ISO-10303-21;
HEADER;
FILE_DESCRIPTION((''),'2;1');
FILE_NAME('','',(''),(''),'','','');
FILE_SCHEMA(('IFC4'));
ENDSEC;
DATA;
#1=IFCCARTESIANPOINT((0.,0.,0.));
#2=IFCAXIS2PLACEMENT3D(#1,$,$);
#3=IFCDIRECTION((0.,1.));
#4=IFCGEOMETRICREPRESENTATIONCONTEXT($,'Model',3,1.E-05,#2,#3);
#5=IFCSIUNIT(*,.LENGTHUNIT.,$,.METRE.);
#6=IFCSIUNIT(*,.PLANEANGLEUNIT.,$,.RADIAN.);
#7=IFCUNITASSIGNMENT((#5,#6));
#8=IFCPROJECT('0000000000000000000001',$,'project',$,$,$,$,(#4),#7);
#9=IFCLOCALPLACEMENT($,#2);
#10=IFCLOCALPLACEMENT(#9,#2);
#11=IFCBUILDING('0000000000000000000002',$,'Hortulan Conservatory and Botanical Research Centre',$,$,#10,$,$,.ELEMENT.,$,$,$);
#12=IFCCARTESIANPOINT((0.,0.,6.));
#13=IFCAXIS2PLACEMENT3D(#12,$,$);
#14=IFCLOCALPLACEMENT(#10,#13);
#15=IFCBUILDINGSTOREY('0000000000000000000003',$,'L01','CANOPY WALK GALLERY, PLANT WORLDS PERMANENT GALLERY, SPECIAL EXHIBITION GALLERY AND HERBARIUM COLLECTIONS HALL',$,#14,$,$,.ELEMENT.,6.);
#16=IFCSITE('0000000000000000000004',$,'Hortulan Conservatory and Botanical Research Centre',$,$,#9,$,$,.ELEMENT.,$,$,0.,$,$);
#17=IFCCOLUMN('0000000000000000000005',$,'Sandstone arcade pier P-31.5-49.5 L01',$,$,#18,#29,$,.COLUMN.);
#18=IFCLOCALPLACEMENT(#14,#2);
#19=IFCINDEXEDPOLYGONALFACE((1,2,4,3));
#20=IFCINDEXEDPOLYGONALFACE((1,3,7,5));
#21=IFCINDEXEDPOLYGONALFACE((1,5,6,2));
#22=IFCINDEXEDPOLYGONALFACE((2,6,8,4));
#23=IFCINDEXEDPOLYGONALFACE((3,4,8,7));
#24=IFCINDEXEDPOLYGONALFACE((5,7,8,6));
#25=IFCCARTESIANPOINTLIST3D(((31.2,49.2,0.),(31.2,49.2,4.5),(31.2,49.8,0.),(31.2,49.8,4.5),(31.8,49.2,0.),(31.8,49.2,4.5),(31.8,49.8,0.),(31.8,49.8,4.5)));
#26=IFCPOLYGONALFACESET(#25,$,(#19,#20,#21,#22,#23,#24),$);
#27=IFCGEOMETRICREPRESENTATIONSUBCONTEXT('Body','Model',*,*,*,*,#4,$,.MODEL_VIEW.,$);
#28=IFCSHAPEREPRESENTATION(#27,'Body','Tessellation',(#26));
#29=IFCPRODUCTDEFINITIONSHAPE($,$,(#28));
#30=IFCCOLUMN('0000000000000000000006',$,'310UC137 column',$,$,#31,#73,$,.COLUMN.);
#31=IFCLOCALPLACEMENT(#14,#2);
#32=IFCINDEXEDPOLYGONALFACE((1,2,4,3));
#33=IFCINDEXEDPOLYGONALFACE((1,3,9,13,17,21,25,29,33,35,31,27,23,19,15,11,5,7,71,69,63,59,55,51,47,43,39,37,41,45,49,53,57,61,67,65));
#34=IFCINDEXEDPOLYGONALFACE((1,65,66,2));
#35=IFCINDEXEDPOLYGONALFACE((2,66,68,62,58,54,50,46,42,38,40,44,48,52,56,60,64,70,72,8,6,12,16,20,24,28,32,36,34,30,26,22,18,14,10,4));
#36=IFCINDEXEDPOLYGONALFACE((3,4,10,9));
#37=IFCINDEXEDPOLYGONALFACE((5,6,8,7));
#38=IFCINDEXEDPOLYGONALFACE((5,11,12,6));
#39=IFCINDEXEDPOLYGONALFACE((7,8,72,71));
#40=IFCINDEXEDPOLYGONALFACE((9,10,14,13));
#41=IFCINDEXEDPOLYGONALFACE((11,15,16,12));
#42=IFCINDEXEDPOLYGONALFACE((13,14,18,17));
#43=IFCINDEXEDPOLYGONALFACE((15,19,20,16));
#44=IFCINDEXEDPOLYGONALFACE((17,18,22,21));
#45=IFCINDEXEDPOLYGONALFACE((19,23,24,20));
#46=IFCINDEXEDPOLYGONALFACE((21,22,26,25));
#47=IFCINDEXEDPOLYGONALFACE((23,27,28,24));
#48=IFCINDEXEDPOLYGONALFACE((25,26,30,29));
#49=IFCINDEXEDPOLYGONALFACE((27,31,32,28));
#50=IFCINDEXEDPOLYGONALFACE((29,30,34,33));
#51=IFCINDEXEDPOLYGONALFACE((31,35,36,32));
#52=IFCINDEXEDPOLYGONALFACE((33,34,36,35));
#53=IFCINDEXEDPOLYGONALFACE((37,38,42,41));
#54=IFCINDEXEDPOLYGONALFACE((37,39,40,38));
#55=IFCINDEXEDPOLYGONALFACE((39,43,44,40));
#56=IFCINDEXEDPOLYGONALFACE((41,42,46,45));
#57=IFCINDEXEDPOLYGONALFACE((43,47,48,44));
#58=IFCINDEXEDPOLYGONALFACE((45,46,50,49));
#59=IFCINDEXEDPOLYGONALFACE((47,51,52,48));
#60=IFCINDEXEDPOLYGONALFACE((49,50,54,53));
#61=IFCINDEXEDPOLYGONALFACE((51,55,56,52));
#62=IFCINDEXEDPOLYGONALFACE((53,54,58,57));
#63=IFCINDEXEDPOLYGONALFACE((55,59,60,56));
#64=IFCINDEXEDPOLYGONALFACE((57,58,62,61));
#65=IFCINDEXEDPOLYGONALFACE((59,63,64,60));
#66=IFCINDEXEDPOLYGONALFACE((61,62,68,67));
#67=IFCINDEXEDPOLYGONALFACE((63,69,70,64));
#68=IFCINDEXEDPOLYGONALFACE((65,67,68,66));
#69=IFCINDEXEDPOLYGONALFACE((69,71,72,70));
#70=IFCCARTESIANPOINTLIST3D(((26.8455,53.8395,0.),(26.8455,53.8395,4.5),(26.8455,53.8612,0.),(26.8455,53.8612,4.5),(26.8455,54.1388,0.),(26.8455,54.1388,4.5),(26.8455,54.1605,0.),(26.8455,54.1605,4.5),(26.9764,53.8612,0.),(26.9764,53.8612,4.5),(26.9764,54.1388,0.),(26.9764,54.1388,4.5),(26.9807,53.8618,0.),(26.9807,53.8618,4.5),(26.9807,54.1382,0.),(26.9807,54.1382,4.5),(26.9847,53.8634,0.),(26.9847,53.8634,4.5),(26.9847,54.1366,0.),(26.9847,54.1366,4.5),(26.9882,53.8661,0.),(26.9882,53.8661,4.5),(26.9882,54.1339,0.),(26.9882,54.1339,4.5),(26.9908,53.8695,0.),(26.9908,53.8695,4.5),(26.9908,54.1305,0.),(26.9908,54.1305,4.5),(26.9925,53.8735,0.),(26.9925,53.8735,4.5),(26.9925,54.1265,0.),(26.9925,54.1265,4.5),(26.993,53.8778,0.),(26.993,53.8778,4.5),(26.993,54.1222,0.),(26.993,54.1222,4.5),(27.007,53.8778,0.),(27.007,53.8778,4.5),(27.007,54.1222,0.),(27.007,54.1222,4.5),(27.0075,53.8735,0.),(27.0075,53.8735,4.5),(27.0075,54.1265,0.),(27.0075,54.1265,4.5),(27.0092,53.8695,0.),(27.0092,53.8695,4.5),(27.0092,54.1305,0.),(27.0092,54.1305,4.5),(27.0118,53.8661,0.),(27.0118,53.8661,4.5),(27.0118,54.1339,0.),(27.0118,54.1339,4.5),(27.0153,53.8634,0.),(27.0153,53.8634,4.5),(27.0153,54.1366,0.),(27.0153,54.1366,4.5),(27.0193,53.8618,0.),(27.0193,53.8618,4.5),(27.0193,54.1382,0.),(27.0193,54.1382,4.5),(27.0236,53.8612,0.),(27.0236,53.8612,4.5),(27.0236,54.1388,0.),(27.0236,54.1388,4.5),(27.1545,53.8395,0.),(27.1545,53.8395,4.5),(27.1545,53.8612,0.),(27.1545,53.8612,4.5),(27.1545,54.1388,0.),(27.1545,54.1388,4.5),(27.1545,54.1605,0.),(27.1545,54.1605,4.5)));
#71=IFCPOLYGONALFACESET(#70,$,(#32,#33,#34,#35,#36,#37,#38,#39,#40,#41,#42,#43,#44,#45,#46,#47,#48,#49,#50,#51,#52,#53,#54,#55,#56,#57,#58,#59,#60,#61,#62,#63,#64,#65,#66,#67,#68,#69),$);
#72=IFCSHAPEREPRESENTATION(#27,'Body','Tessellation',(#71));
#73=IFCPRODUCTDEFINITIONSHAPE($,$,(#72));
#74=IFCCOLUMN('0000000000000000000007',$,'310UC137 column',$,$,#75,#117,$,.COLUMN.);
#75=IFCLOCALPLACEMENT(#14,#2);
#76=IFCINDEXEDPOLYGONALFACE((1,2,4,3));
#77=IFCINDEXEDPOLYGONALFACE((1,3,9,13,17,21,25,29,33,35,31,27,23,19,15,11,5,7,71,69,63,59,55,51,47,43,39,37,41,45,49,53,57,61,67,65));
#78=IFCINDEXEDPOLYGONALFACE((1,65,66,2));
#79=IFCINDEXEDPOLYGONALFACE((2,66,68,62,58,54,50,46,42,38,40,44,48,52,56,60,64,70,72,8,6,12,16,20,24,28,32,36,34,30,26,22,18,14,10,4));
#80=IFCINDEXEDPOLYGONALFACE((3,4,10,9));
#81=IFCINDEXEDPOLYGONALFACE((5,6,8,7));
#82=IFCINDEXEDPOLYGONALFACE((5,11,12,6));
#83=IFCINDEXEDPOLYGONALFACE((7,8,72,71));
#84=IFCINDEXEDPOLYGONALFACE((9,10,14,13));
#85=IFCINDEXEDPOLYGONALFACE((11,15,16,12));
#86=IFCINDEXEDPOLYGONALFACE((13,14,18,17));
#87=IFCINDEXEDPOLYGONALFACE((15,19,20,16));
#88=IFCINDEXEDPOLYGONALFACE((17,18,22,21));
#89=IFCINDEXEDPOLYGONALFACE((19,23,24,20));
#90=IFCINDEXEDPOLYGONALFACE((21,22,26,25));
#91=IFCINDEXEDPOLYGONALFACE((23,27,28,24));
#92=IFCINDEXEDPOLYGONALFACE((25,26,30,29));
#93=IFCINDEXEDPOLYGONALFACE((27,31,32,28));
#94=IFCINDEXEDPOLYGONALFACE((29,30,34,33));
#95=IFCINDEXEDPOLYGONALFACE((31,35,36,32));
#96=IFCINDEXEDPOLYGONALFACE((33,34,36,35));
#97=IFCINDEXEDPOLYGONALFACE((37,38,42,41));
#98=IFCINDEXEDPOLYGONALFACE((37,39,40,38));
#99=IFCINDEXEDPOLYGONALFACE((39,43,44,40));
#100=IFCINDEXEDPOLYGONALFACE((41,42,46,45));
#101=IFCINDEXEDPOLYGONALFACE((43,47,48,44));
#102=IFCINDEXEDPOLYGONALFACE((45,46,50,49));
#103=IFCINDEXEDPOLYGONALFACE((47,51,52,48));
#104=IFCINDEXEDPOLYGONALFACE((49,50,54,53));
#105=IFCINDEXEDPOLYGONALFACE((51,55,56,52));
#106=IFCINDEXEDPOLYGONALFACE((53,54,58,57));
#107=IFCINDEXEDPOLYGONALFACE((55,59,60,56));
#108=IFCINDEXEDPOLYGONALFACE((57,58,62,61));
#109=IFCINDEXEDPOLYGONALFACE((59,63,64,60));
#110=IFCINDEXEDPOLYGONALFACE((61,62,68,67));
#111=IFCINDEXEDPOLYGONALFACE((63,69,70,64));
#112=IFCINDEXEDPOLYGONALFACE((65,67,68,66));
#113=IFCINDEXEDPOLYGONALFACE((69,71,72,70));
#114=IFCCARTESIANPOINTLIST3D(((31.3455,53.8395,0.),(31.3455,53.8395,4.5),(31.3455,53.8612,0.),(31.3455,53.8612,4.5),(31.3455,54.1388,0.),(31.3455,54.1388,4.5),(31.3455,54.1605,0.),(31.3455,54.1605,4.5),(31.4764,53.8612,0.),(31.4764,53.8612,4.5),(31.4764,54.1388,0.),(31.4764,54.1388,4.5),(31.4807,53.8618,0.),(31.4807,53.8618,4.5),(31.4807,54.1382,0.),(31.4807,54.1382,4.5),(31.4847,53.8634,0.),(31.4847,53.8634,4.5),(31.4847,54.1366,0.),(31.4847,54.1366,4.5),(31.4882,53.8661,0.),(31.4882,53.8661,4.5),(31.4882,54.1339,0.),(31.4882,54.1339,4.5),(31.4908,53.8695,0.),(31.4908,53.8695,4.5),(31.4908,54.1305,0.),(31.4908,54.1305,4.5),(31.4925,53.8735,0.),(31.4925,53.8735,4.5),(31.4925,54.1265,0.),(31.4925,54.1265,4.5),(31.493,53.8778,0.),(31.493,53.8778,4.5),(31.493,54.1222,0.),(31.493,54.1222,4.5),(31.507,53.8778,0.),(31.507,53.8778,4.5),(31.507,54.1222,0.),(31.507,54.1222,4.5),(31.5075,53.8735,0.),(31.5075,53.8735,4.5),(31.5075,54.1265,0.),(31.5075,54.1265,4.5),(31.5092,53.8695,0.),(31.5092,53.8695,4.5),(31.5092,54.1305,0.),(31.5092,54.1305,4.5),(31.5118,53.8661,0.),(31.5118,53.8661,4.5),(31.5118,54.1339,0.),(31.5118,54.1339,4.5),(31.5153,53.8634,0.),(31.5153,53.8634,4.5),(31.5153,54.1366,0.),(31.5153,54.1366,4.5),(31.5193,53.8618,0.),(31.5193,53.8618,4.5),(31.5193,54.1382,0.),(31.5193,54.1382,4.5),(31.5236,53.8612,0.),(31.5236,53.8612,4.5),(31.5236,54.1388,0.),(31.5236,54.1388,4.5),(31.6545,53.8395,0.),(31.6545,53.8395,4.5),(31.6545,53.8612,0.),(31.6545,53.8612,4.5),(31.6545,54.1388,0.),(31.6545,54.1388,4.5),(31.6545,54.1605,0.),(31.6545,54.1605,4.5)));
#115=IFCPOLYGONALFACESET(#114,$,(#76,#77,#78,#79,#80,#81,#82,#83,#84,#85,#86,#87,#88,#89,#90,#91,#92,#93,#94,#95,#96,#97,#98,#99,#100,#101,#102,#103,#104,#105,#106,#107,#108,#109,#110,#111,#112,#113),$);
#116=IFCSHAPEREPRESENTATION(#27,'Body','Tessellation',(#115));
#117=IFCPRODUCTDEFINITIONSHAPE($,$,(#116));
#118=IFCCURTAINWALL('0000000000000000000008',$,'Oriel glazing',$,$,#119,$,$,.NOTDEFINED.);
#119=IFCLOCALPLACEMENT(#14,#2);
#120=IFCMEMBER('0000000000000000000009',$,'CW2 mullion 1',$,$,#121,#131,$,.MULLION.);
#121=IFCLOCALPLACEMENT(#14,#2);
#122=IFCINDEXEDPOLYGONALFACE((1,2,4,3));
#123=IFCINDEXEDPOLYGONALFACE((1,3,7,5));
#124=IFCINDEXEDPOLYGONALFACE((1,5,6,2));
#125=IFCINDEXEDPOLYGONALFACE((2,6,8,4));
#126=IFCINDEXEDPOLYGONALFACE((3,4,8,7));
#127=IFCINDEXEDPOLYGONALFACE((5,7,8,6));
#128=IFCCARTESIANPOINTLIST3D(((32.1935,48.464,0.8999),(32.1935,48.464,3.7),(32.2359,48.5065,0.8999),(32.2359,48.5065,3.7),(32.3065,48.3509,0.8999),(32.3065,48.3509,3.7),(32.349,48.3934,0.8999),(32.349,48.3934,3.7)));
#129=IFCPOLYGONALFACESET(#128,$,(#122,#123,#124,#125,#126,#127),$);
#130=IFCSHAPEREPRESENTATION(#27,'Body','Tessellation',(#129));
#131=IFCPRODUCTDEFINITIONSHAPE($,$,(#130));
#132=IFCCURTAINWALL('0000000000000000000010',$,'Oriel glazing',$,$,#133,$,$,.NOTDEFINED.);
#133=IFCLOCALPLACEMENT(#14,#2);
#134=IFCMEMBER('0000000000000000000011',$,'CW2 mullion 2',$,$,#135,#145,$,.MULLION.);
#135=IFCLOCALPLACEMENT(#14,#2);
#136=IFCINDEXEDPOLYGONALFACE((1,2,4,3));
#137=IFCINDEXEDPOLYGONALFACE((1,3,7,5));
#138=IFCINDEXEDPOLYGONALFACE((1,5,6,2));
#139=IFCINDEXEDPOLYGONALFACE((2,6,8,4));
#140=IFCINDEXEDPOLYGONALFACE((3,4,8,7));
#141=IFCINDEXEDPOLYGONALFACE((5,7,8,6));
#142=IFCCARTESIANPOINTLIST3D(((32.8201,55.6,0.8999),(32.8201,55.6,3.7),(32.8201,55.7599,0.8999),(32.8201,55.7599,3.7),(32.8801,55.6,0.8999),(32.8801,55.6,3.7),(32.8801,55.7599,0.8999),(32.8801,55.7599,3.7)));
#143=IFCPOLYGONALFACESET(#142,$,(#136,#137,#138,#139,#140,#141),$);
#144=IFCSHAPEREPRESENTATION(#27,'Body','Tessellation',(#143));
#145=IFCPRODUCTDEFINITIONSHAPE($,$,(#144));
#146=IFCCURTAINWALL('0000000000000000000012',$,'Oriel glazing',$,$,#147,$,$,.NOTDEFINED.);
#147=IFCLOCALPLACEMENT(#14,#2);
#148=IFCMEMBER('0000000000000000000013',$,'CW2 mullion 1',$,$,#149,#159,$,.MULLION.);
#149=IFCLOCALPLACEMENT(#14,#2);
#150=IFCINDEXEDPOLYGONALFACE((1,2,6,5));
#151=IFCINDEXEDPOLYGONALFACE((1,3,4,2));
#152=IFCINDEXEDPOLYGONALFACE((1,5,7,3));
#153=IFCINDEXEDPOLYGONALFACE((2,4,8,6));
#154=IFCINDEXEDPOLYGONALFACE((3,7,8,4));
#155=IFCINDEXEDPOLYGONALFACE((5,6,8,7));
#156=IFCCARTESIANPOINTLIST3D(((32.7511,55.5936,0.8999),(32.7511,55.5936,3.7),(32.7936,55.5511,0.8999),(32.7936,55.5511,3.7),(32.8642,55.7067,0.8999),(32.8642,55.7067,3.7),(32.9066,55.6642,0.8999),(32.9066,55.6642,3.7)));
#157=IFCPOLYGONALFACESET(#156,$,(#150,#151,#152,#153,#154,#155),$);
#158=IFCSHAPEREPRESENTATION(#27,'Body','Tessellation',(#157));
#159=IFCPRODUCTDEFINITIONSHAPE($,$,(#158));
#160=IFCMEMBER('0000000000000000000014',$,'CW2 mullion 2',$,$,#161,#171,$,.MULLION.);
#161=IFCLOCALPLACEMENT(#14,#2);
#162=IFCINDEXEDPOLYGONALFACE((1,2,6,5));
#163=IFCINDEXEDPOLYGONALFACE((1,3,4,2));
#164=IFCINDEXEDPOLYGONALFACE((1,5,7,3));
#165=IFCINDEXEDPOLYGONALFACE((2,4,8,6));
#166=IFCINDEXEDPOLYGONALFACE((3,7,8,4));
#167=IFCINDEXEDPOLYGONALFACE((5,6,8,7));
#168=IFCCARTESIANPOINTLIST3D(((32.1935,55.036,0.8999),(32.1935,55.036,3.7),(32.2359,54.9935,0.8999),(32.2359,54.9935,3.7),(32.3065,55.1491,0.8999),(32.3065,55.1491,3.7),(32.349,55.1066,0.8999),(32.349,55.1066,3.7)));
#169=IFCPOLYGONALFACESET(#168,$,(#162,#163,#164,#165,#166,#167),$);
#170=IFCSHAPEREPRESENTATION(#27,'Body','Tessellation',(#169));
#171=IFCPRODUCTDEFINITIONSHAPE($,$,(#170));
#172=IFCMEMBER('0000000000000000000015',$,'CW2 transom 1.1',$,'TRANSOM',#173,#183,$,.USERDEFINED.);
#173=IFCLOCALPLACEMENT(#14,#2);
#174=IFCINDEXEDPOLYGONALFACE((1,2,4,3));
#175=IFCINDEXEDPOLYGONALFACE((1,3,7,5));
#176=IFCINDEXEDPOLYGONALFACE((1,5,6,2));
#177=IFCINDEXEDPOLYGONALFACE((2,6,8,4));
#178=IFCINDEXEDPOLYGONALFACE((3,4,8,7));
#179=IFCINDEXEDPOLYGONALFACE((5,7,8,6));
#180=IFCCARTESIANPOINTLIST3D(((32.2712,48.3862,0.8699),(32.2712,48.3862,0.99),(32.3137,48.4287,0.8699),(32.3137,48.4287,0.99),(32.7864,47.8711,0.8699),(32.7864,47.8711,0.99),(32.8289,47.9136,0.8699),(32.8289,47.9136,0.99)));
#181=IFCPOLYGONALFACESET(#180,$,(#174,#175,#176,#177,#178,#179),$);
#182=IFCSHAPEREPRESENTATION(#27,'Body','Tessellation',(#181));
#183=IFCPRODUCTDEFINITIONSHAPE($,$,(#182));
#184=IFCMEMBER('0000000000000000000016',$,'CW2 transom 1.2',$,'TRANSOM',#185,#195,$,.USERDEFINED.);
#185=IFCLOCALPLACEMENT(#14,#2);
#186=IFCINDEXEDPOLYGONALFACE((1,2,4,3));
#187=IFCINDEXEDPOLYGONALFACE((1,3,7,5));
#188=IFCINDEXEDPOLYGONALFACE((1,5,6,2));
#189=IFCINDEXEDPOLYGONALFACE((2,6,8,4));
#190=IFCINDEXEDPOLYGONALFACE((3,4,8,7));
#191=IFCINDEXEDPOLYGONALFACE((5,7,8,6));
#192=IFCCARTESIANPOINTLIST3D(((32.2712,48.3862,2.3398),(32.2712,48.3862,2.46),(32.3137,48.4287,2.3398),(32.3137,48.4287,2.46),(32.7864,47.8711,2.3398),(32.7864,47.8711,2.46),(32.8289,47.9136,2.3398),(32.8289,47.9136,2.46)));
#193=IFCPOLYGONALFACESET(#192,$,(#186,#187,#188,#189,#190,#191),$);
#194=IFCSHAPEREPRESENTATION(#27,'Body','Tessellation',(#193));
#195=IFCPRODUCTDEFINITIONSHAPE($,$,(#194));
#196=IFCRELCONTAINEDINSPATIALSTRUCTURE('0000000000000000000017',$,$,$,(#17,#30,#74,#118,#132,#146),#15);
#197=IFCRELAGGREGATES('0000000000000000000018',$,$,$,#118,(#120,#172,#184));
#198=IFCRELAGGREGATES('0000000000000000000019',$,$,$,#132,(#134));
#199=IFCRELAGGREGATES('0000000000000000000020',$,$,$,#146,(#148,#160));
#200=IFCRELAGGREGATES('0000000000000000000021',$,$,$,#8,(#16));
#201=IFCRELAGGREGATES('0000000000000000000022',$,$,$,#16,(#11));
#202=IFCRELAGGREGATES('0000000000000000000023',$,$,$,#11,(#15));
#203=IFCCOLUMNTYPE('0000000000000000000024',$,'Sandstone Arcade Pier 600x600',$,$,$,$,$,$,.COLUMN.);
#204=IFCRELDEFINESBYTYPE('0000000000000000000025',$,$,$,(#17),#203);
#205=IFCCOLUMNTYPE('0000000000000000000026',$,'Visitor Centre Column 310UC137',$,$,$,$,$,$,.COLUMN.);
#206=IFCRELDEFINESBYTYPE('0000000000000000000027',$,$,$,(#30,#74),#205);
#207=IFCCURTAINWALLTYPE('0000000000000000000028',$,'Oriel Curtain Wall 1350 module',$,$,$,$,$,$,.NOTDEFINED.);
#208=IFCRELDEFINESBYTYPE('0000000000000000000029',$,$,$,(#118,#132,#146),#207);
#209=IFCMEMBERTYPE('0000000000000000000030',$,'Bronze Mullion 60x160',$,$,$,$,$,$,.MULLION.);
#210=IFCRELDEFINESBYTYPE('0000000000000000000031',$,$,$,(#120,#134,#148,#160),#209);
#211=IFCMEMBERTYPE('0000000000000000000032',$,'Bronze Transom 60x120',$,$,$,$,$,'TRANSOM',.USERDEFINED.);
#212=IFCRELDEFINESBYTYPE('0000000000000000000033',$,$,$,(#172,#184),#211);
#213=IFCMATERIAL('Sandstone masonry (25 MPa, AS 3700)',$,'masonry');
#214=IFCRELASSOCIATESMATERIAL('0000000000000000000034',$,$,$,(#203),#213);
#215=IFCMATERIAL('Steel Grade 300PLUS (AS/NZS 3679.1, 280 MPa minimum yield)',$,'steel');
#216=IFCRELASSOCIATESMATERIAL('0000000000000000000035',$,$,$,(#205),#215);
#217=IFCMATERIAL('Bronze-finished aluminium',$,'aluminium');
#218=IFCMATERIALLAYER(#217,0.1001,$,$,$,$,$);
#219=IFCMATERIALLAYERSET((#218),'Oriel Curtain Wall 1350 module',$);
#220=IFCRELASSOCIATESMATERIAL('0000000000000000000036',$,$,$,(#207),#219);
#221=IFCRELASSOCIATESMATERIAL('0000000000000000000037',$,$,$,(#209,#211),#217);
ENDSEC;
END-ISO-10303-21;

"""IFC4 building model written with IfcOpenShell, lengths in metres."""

from ifc_helpers import new_model, si_unit, direction, frame, origin, origin_2d, place, context, subcontext, project, spatial, rectangle, i_section, extrude, material, layer, layer_set, material_profile, profile_set, type_object, element, aggregate, save


model = new_model("IFC4")

# Units and contexts
model_context = context("Model", 3, precision=1e-05, world=origin(), true_north=direction((0.0, 1.0)))
body_context = subcontext(model_context, "Body", "Model", "MODEL_VIEW")
ifc_project = project(units=[si_unit("LENGTHUNIT", "METRE"), si_unit("PLANEANGLEUNIT", "RADIAN")], contexts=[model_context])

# Site, building, storey
site_placement = place(None, origin())
site = spatial("IfcSite", under=ifc_project, at=site_placement, Name="Hortulan Conservatory and Botanical Research Centre", CompositionType="ELEMENT", RefElevation=0.0)
building_placement = place(site_placement, origin())
building = spatial("IfcBuilding", under=site, at=building_placement, Name="Hortulan Conservatory and Botanical Research Centre", CompositionType="ELEMENT")
storey_placement = place(building_placement, frame((0.0, 0.0, 6.0)))
storey = spatial("IfcBuildingStorey", under=building, at=storey_placement, Name="L01", Description="CANOPY WALK GALLERY, PLANT WORLDS PERMANENT GALLERY, SPECIAL EXHIBITION GALLERY AND HERBARIUM COLLECTIONS HALL", CompositionType="ELEMENT", Elevation=6.0)

# Columns
ifc_material_1 = material(Name="Sandstone masonry (25 MPa, AS 3700)", Category="masonry")
ifc_material_profile_1 = material_profile(ifc_material_1, rectangle(XDim=0.6001, YDim=0.6001, at=origin_2d()), Name="Square pier 600")
ifc_profile_set_1 = profile_set([ifc_material_profile_1], Name="Sandstone masonry (25 MPa, AS 3700)")
column_type_1 = type_object("IfcColumnType", Name="Sandstone Arcade Pier 600x600", PredefinedType="COLUMN", material=ifc_profile_set_1)
column_placement = place(storey_placement, frame((31.5, 49.5, 0.0), z_axis=(0.0, 0.0, 1.0), x_axis=(1.0, 0.0, 0.0)))
element("IfcColumn", 1, at=column_placement, inside=storey, type_object=column_type_1, Name="Sandstone arcade pier P-31.5-49.5 L01", PredefinedType="COLUMN", context=body_context, shape_type="SweptSolid", body=[
    extrude(rectangle(XDim=0.6001, YDim=0.6001, at=origin_2d()), origin(), (0.0, 0.0, 1.0), 4.5),
])
ifc_material_2 = material(Name="Steel Grade 300PLUS (AS/NZS 3679.1, 280 MPa minimum yield)", Category="steel")
ifc_material_profile_2 = material_profile(ifc_material_2, i_section(OverallWidth=0.3091, OverallDepth=0.321, WebThickness=0.0139, FlangeThickness=0.0217, FilletRadius=0.0166, at=origin_2d()), Name="310UC137")
ifc_profile_set_2 = profile_set([ifc_material_profile_2], Name="Steel Grade 300PLUS (AS/NZS 3679.1, 280 MPa minimum yield)")
column_type_2 = type_object("IfcColumnType", Name="Visitor Centre Column 310UC137", PredefinedType="COLUMN", material=ifc_profile_set_2)
for number, where, z_axis, x_axis, name in (
    (2, (27.0, 54.0, 0.0), (0.0, 0.0, 1.0), (1.0, 0.0, 0.0), "310UC137 column"),
    (3, (31.5, 54.0, 0.0), (0.0, 0.0, 1.0), (1.0, 0.0, 0.0), "310UC137 column"),
):
    element("IfcColumn", number, at=place(storey_placement, frame(where, z_axis=z_axis, x_axis=x_axis)), inside=storey, type_object=column_type_2, Name=name, PredefinedType="COLUMN", context=body_context, shape_type="SweptSolid", body=[
        extrude(i_section(OverallWidth=0.3091, OverallDepth=0.321, WebThickness=0.0139, FlangeThickness=0.0217, FilletRadius=0.0166, at=origin_2d()), origin(), (0.0, 0.0, 1.0), 4.5),
    ])

# Curtain walls, members
ifc_material_3 = material(Name="Bronze-finished aluminium", Category="aluminium")
ifc_layer_1 = layer(ifc_material_3, 0.1001)
ifc_layer_set_1 = layer_set([ifc_layer_1], Name="Oriel Curtain Wall 1350 module")
curtain_wall_type = type_object("IfcCurtainWallType", Name="Oriel Curtain Wall 1350 module", PredefinedType="NOTDEFINED", material=ifc_layer_set_1)
curtain_wall_1_placement = place(storey_placement, origin())
curtain_wall_1 = element("IfcCurtainWall", 4, at=curtain_wall_1_placement, inside=storey, type_object=curtain_wall_type, Name="Oriel glazing", PredefinedType="NOTDEFINED")
ifc_material_profile_3 = material_profile(ifc_material_3, rectangle(XDim=0.0601, YDim=0.1599, at=origin_2d()), Name="Bronze Mullion 60x160")
ifc_profile_set_3 = profile_set([ifc_material_profile_3], Name="Bronze-finished aluminium")
member_type_1 = type_object("IfcMemberType", Name="Bronze Mullion 60x160", PredefinedType="MULLION", material=ifc_profile_set_3)
member_1_placement = place(storey_placement, frame((32.2712, 48.4287, 0.8999), z_axis=(0.0, 0.0, 1.0), x_axis=(0.707107, 0.707107, 0.0)))
member_1 = element("IfcMember", 5, at=member_1_placement, type_object=member_type_1, Name="CW2 mullion 1", PredefinedType="MULLION", context=body_context, shape_type="SweptSolid", body=[
    extrude(rectangle(XDim=0.0601, YDim=0.1599, at=origin_2d()), origin(), (0.0, 0.0, 1.0), 2.8),
])
curtain_wall_2_placement = place(storey_placement, origin())
curtain_wall_2 = element("IfcCurtainWall", 6, at=curtain_wall_2_placement, inside=storey, type_object=curtain_wall_type, Name="Oriel glazing", PredefinedType="NOTDEFINED")
member_2_placement = place(storey_placement, frame((32.8501, 55.6799, 0.8999), z_axis=(0.0, 0.0, 1.0), x_axis=(1.0, 0.0, 0.0)))
member_2 = element("IfcMember", 7, at=member_2_placement, type_object=member_type_1, Name="CW2 mullion 2", PredefinedType="MULLION", context=body_context, shape_type="SweptSolid", body=[
    extrude(rectangle(XDim=0.0601, YDim=0.1599, at=origin_2d()), origin(), (0.0, 0.0, 1.0), 2.8),
])

# Curtain wall, members
curtain_wall_3_placement = place(storey_placement, origin())
curtain_wall_3 = element("IfcCurtainWall", 8, at=curtain_wall_3_placement, inside=storey, type_object=curtain_wall_type, Name="Oriel glazing", PredefinedType="NOTDEFINED")
member_3_placement = place(storey_placement, frame((32.8289, 55.6289, 0.8999), z_axis=(0.0, 0.0, 1.0), x_axis=(0.707107, -0.707107, 0.0)))
member_3 = element("IfcMember", 9, at=member_3_placement, type_object=member_type_1, Name="CW2 mullion 1", PredefinedType="MULLION", context=body_context, shape_type="SweptSolid", body=[
    extrude(rectangle(XDim=0.0601, YDim=0.1599, at=origin_2d()), origin(), (0.0, 0.0, 1.0), 2.8),
])
member_4_placement = place(storey_placement, frame((32.2712, 55.0713, 0.8999), z_axis=(0.0, 0.0, 1.0), x_axis=(0.707107, -0.707107, 0.0)))
member_4 = element("IfcMember", 10, at=member_4_placement, type_object=member_type_1, Name="CW2 mullion 2", PredefinedType="MULLION", context=body_context, shape_type="SweptSolid", body=[
    extrude(rectangle(XDim=0.0601, YDim=0.1599, at=origin_2d()), origin(), (0.0, 0.0, 1.0), 2.8),
])

# Members
ifc_material_profile_4 = material_profile(ifc_material_3, rectangle(XDim=0.0601, YDim=0.1201, at=origin_2d()), Name="Bronze Transom 60x120")
ifc_profile_set_4 = profile_set([ifc_material_profile_4], Name="Bronze-finished aluminium")
member_type_2 = type_object("IfcMemberType", Name="Bronze Transom 60x120", ElementType="TRANSOM", PredefinedType="USERDEFINED", material=ifc_profile_set_4)
member_5_placement = place(storey_placement, frame((32.2925, 48.4075, 0.9299), z_axis=(0.707107, -0.707107, 0.0), x_axis=(0.707107, 0.707107, 0.0)))
member_5 = element("IfcMember", 11, at=member_5_placement, type_object=member_type_2, Name="CW2 transom 1.1", ObjectType="TRANSOM", PredefinedType="USERDEFINED", context=body_context, shape_type="SweptSolid", body=[
    extrude(rectangle(XDim=0.0601, YDim=0.1201, at=origin_2d()), origin(), (0.0, 0.0, 1.0), 0.7285),
])
member_6_placement = place(storey_placement, frame((32.2925, 48.4075, 2.3999), z_axis=(0.707107, -0.707107, 0.0), x_axis=(0.707107, 0.707107, 0.0)))
member_6 = element("IfcMember", 12, at=member_6_placement, type_object=member_type_2, Name="CW2 transom 1.2", ObjectType="TRANSOM", PredefinedType="USERDEFINED", context=body_context, shape_type="SweptSolid", body=[
    extrude(rectangle(XDim=0.0601, YDim=0.1201, at=origin_2d()), origin(), (0.0, 0.0, 1.0), 0.7285),
])

aggregate(curtain_wall_1, [member_1, member_5, member_6])
aggregate(curtain_wall_2, [member_2])
aggregate(curtain_wall_3, [member_3, member_4])

save(model, "model.ifc")
